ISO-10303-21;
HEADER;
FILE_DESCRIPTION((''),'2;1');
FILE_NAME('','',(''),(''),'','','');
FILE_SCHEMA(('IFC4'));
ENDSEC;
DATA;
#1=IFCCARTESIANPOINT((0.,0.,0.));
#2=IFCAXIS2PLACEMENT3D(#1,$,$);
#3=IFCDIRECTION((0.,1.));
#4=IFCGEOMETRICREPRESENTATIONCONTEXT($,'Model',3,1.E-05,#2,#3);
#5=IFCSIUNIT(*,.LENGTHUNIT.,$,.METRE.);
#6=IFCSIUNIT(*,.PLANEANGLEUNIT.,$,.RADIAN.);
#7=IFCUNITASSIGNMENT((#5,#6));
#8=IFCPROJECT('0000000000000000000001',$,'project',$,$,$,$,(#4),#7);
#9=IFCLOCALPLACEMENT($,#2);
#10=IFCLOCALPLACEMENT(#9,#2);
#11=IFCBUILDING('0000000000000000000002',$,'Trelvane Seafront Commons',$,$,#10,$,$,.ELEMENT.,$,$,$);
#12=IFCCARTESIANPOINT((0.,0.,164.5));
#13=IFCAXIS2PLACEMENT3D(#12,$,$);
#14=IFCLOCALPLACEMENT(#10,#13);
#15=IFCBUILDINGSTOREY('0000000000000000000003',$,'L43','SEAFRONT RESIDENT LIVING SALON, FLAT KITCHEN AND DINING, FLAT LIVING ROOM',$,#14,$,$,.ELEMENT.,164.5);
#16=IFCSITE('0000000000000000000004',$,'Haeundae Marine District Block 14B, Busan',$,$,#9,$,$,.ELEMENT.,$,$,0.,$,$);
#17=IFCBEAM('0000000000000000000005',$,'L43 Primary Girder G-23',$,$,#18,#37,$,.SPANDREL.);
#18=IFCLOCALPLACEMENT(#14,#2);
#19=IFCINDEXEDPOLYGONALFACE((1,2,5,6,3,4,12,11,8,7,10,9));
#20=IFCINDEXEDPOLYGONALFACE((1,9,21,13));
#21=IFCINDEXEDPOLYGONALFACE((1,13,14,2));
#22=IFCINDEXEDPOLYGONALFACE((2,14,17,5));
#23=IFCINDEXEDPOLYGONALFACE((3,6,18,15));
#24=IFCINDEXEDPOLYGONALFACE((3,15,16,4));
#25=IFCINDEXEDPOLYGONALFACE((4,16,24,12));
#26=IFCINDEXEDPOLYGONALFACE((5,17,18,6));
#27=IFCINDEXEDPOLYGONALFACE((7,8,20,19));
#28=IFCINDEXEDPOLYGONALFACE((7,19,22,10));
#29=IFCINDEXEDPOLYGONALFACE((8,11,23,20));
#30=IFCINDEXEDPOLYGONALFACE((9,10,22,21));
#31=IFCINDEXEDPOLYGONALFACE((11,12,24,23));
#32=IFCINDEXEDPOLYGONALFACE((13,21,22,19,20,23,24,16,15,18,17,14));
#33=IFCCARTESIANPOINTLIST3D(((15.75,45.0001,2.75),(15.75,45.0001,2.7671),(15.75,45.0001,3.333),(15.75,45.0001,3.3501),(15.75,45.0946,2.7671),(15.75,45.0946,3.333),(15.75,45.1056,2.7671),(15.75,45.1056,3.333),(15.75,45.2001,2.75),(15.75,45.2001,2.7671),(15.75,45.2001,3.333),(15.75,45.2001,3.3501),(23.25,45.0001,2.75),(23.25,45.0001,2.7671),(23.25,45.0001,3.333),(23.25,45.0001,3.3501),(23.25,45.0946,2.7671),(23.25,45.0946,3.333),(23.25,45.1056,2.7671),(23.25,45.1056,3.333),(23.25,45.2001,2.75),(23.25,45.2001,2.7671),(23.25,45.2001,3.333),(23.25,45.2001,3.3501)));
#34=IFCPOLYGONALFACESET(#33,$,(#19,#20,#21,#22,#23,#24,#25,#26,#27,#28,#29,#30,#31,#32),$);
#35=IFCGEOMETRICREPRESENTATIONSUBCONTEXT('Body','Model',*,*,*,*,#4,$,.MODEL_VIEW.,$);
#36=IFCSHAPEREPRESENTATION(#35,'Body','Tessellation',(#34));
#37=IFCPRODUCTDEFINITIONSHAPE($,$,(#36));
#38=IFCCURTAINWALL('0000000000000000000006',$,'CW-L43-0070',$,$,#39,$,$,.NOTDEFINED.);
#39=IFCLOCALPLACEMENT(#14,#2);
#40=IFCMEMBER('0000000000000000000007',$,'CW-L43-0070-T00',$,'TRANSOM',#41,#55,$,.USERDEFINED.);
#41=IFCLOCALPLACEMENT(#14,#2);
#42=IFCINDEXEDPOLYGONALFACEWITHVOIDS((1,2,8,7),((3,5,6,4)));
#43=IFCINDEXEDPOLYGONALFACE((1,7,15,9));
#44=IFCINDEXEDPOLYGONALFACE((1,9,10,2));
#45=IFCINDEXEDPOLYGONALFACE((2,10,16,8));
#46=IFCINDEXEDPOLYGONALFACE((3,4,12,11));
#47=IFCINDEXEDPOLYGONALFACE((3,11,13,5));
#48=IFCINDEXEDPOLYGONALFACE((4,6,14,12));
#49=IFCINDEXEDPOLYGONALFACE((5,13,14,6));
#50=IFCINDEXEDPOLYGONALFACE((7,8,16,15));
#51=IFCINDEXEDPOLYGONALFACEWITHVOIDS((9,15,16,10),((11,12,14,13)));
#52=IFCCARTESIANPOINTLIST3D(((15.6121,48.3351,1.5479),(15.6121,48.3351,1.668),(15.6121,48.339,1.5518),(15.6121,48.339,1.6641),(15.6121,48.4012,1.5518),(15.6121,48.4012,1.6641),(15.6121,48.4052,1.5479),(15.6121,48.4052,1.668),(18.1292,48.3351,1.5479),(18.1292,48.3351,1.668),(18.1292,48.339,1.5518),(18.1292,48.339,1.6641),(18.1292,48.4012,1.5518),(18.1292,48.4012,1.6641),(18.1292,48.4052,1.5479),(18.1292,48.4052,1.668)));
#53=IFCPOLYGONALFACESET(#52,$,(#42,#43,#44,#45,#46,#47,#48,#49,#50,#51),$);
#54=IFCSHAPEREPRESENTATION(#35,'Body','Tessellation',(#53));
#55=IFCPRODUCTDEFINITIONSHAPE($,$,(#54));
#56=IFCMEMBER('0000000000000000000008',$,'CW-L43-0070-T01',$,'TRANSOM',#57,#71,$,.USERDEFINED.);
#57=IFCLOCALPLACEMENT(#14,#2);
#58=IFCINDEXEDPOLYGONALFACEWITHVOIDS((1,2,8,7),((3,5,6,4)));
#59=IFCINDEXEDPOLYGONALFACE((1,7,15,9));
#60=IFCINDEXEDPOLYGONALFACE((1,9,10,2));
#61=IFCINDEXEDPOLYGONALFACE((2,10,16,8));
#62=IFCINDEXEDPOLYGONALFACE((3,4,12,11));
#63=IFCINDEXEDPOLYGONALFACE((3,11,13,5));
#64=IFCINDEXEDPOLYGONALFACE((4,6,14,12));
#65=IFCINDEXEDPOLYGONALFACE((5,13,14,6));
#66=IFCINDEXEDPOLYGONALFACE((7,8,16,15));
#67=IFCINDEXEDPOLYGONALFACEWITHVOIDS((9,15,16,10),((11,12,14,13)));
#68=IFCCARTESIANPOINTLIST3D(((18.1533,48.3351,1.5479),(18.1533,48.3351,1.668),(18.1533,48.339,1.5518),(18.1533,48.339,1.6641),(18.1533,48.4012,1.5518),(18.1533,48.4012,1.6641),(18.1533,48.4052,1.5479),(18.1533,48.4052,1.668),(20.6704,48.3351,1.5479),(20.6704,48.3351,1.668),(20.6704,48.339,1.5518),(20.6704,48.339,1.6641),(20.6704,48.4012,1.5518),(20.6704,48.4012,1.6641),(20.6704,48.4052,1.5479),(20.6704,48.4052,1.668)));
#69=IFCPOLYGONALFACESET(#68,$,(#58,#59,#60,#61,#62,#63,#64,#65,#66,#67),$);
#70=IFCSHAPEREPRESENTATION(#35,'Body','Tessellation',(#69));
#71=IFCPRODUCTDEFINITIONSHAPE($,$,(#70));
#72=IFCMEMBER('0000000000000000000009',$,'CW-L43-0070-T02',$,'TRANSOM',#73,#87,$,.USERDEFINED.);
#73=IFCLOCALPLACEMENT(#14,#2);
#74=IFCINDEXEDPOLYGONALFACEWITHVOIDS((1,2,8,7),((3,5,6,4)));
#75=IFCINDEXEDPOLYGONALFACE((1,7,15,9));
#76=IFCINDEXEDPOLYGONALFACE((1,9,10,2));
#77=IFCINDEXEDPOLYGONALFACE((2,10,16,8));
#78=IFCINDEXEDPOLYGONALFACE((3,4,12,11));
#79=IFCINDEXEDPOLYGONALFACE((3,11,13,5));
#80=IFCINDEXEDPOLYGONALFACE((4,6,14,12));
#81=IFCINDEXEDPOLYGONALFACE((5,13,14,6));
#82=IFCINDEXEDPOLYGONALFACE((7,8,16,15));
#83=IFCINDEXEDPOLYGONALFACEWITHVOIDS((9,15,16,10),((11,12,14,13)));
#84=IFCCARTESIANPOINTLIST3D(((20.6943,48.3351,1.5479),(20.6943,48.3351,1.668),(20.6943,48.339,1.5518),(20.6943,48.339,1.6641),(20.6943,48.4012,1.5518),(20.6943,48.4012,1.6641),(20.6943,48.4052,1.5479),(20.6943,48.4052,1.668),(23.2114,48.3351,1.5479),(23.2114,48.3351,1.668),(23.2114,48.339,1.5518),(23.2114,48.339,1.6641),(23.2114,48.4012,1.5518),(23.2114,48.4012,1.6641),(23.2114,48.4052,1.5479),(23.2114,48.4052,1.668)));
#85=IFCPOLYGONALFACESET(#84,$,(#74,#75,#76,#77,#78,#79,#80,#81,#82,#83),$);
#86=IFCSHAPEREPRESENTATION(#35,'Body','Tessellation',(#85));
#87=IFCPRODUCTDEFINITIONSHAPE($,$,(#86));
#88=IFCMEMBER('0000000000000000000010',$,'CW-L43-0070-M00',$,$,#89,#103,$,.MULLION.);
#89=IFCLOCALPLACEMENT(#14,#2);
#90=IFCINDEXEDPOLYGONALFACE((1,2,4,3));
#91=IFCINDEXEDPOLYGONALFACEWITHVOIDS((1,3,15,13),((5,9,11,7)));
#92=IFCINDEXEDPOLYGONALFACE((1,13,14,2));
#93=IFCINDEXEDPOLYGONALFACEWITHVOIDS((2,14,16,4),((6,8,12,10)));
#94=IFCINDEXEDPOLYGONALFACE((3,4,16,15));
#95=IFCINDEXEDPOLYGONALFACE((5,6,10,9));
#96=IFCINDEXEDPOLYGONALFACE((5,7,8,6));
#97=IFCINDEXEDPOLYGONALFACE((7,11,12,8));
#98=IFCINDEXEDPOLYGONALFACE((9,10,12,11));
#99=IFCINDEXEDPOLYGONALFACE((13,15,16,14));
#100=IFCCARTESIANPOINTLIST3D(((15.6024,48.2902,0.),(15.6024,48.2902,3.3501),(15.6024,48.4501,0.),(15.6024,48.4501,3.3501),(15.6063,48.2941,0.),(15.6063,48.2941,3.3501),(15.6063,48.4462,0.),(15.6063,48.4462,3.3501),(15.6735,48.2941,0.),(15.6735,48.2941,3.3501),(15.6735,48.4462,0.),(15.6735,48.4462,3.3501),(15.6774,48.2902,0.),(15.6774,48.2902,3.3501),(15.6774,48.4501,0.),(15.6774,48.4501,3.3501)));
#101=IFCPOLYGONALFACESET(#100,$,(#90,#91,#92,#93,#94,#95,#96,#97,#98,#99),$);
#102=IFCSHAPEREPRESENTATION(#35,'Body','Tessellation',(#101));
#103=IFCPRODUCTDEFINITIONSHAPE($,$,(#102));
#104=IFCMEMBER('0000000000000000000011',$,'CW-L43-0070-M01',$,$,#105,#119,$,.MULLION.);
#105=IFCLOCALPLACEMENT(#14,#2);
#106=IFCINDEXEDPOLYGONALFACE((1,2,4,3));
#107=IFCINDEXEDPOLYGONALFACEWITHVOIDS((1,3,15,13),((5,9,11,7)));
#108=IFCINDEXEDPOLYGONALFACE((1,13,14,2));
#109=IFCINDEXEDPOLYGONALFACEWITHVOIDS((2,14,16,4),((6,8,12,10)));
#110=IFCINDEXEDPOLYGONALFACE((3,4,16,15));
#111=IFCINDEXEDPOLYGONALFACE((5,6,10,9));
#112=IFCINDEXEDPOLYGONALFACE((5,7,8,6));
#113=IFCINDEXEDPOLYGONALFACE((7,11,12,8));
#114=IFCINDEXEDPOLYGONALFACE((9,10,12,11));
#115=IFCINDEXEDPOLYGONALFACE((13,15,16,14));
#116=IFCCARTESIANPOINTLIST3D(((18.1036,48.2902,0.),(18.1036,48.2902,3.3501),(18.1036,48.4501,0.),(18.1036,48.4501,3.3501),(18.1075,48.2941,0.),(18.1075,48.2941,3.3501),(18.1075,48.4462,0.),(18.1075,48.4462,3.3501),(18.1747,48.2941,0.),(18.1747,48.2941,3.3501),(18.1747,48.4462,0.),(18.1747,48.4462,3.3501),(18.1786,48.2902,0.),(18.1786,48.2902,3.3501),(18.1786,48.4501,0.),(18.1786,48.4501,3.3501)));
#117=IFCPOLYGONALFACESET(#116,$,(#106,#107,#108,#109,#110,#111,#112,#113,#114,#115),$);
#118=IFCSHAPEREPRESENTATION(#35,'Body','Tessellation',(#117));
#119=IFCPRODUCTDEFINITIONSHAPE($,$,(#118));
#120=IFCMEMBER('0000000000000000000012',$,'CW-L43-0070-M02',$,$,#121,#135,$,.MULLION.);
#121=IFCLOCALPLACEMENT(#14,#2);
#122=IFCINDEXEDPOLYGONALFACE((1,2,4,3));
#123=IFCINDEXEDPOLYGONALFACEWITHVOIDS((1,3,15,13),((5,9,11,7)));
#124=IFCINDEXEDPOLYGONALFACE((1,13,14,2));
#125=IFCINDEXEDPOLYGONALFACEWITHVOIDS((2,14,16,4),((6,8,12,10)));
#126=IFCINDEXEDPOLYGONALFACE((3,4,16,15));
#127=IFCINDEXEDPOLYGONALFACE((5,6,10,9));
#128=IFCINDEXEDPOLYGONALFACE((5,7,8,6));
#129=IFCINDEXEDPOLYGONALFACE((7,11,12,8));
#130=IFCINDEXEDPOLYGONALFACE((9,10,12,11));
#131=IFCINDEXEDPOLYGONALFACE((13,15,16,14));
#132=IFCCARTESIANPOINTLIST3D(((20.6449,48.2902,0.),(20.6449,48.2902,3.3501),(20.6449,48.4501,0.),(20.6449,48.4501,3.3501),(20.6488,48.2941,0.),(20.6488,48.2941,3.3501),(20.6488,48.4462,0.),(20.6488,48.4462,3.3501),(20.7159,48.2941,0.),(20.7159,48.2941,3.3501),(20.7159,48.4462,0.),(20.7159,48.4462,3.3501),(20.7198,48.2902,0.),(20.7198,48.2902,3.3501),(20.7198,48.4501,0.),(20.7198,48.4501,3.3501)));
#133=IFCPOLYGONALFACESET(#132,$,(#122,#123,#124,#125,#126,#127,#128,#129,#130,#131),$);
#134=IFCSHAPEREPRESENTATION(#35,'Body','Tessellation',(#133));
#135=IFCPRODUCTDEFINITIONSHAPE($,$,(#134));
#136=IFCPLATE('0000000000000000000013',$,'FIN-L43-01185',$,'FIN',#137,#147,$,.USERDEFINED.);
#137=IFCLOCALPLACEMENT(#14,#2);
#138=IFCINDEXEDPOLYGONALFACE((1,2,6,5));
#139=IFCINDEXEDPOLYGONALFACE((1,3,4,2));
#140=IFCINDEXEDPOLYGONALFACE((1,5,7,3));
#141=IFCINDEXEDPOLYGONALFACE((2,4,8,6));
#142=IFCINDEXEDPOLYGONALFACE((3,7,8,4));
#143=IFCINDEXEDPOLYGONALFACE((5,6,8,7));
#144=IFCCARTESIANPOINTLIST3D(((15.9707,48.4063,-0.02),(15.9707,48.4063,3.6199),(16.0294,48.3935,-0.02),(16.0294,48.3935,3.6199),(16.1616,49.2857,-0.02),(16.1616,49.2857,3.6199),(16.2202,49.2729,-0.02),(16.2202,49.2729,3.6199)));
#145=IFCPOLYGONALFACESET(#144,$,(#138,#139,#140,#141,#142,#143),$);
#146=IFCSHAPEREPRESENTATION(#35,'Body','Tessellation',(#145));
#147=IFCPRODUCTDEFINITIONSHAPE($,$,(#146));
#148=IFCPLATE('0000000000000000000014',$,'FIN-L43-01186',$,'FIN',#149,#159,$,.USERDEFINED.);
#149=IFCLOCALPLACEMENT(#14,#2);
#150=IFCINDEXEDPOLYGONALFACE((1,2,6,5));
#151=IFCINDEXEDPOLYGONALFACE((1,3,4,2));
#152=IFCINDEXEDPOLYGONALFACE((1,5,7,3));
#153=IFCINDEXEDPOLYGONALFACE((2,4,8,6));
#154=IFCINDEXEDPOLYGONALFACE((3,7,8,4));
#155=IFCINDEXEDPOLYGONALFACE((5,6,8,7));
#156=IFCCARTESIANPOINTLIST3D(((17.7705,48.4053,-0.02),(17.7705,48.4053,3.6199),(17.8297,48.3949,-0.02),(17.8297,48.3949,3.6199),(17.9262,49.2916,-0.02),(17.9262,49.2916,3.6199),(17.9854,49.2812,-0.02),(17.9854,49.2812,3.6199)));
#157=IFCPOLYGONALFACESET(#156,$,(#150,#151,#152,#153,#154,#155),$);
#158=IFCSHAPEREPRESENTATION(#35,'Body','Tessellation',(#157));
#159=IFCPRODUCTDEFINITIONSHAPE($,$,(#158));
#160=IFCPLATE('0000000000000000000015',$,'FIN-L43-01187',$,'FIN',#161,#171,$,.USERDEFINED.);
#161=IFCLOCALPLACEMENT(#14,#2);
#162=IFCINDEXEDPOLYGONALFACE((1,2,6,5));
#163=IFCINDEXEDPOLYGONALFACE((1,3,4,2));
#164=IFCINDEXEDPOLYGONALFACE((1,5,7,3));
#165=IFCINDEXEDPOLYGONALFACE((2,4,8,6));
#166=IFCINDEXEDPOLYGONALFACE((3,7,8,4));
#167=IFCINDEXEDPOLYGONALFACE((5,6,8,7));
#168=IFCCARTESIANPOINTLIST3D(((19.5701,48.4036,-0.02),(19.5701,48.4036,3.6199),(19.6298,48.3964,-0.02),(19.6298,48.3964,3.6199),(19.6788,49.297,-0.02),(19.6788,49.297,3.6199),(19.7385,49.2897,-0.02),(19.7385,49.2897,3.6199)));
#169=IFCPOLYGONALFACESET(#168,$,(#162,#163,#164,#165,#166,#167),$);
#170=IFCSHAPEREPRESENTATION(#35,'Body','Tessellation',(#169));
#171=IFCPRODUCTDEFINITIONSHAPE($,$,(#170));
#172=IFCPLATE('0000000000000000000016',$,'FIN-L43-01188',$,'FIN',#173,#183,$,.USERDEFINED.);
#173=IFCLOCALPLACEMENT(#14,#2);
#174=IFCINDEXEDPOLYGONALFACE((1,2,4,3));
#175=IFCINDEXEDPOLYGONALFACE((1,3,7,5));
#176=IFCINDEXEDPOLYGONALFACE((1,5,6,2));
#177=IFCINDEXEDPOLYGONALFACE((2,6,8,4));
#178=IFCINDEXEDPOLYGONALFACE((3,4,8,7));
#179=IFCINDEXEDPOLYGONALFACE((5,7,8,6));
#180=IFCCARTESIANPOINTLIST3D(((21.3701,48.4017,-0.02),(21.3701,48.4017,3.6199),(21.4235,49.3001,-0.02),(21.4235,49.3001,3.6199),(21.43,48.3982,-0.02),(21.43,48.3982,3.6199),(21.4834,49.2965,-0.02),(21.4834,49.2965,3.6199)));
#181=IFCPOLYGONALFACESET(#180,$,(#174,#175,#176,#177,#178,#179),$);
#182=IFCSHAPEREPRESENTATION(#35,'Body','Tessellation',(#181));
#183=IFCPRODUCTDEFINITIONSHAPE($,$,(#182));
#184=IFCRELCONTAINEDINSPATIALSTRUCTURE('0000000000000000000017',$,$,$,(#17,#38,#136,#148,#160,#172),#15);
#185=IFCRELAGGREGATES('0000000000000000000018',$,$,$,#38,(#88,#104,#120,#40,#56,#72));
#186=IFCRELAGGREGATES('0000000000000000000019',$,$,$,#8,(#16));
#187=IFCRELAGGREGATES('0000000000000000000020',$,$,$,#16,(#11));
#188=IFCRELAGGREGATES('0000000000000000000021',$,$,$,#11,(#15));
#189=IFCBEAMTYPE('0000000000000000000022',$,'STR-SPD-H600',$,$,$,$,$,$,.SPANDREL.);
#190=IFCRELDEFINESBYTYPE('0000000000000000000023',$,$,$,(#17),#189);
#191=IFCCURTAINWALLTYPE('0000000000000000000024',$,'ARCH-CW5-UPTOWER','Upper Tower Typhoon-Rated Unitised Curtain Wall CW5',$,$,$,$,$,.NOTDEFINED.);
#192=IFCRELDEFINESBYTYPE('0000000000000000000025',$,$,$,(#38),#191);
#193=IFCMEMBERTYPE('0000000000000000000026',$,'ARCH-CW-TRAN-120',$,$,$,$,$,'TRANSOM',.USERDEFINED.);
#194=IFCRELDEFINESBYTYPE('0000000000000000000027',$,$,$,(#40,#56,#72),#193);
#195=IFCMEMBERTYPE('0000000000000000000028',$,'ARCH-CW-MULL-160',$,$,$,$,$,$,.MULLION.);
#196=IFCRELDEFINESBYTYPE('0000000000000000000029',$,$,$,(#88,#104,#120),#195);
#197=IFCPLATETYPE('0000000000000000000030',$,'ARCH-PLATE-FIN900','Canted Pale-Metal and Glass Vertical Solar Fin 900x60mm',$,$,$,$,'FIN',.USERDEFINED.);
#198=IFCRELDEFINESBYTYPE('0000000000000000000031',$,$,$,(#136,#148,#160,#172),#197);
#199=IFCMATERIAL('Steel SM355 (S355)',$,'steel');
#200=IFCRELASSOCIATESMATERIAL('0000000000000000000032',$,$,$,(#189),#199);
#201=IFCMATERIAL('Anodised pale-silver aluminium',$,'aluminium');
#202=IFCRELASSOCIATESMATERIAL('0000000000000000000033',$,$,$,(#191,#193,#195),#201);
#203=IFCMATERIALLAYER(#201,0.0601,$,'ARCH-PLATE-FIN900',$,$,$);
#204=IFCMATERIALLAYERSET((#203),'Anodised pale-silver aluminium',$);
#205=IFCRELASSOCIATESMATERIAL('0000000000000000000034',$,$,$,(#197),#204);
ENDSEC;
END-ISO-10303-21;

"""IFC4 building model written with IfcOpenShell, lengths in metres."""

from ifc_helpers import new_model, si_unit, direction, frame, origin, origin_2d, place, context, subcontext, project, spatial, rectangle, hollow_rectangle, i_section, extrude, source, transform, mapped, material, layer, layer_set, material_profile, profile_set, type_object, element, aggregate, save


model = new_model("IFC4")

# Units and contexts
model_context = context("Model", 3, precision=1e-05, world=origin(), true_north=direction((0.0, 1.0)))
body_context = subcontext(model_context, "Body", "Model", "MODEL_VIEW")
ifc_project = project(units=[si_unit("LENGTHUNIT", "METRE"), si_unit("PLANEANGLEUNIT", "RADIAN")], contexts=[model_context])

# Site, building, storey
site_placement = place(None, origin())
site = spatial("IfcSite", under=ifc_project, at=site_placement, Name="Haeundae Marine District Block 14B, Busan", CompositionType="ELEMENT", RefElevation=0.0)
building_placement = place(site_placement, origin())
building = spatial("IfcBuilding", under=site, at=building_placement, Name="Trelvane Seafront Commons", CompositionType="ELEMENT")
storey_placement = place(building_placement, frame((0.0, 0.0, 164.5)))
storey = spatial("IfcBuildingStorey", under=building, at=storey_placement, Name="L43", Description="SEAFRONT RESIDENT LIVING SALON, FLAT KITCHEN AND DINING, FLAT LIVING ROOM", CompositionType="ELEMENT", Elevation=164.5)

# Beam
ifc_material_1 = material(Name="Steel SM355 (S355)", Category="steel")
ifc_material_profile_1 = material_profile(ifc_material_1, i_section(OverallWidth=0.2, OverallDepth=0.6001, WebThickness=0.011, FlangeThickness=0.0171, at=origin_2d()), Name="H-600x200x11x17")
ifc_profile_set_1 = profile_set([ifc_material_profile_1], Name="Steel SM355 (S355)")
beam_type = type_object("IfcBeamType", Name="STR-SPD-H600", PredefinedType="SPANDREL", material=ifc_profile_set_1)
shared_shape_1 = source(origin(), body_context, "Body", "SweptSolid", [
    extrude(i_section(OverallWidth=0.2, OverallDepth=0.6001, WebThickness=0.011, FlangeThickness=0.0171, at=origin_2d()), origin(), (0.0, 0.0, 1.0), 7.5),
])
beam_placement = place(storey_placement, frame((15.75, 45.1001, 3.05), z_axis=(1.0, 0.0, 0.0), x_axis=(0.0, 1.0, 0.0)))
element("IfcBeam", 1, at=beam_placement, inside=storey, type_object=beam_type, Name="L43 Primary Girder G-23", PredefinedType="SPANDREL", context=body_context, shape_type="MappedRepresentation", body=[
    mapped(shared_shape_1, transform((0.0, 0.0, 0.0), x_axis=(1.0, 0.0, 0.0), y_axis=(0.0, 1.0, 0.0), z_axis=(0.0, 0.0, 1.0), scale=1.0)),
])

# Curtain wall, members
ifc_material_2 = material(Name="Anodised pale-silver aluminium", Category="aluminium")
curtain_wall_type = type_object("IfcCurtainWallType", Name="ARCH-CW5-UPTOWER", Description="Upper Tower Typhoon-Rated Unitised Curtain Wall CW5", PredefinedType="NOTDEFINED", material=ifc_material_2)
curtain_wall_placement = place(storey_placement, origin())
curtain_wall = element("IfcCurtainWall", 2, at=curtain_wall_placement, inside=storey, type_object=curtain_wall_type, Name="CW-L43-0070", PredefinedType="NOTDEFINED")
ifc_material_profile_2 = material_profile(ifc_material_2, hollow_rectangle(XDim=0.0701, YDim=0.1201, WallThickness=0.0039, at=origin_2d()), Name="TRAN-70x120x4")
ifc_profile_set_2 = profile_set([ifc_material_profile_2], Name="Anodised pale-silver aluminium")
member_type_1 = type_object("IfcMemberType", Name="ARCH-CW-TRAN-120", ElementType="TRANSOM", PredefinedType="USERDEFINED", material=ifc_profile_set_2)
shared_shape_2 = source(origin(), body_context, "Body", "SweptSolid", [
    extrude(hollow_rectangle(XDim=0.0701, YDim=0.1201, WallThickness=0.0039, at=origin_2d()), origin(), (0.0, 0.0, 1.0), 2.5171),
])
member_1_placement = place(storey_placement, frame((15.6121, 48.3701, 1.6079), z_axis=(1.0, 0.0, 0.0), x_axis=(0.0, 1.0, 0.0)))
member_1 = element("IfcMember", 3, at=member_1_placement, type_object=member_type_1, Name="CW-L43-0070-T00", ObjectType="TRANSOM", PredefinedType="USERDEFINED", context=body_context, shape_type="MappedRepresentation", body=[
    mapped(shared_shape_2, transform((0.0, 0.0, 0.0), x_axis=(1.0, 0.0, 0.0), y_axis=(0.0, 1.0, 0.0), z_axis=(0.0, 0.0, 1.0), scale=1.0)),
])
member_2_placement = place(storey_placement, frame((18.1533, 48.3701, 1.6079), z_axis=(1.0, 0.0, 0.0), x_axis=(0.0, 1.0, 0.0)))
member_2 = element("IfcMember", 4, at=member_2_placement, type_object=member_type_1, Name="CW-L43-0070-T01", ObjectType="TRANSOM", PredefinedType="USERDEFINED", context=body_context, shape_type="MappedRepresentation", body=[
    mapped(shared_shape_2, transform((0.0, 0.0, 0.0), x_axis=(1.0, 0.0, 0.0), y_axis=(0.0, 1.0, 0.0), z_axis=(0.0, 0.0, 1.0), scale=1.0)),
])
member_3_placement = place(storey_placement, frame((20.6943, 48.3701, 1.6079), z_axis=(1.0, 0.0, 0.0), x_axis=(0.0, 1.0, 0.0)))
member_3 = element("IfcMember", 5, at=member_3_placement, type_object=member_type_1, Name="CW-L43-0070-T02", ObjectType="TRANSOM", PredefinedType="USERDEFINED", context=body_context, shape_type="MappedRepresentation", body=[
    mapped(shared_shape_2, transform((0.0, 0.0, 0.0), x_axis=(1.0, 0.0, 0.0), y_axis=(0.0, 1.0, 0.0), z_axis=(0.0, 0.0, 1.0), scale=1.0)),
])
ifc_material_profile_3 = material_profile(ifc_material_2, hollow_rectangle(XDim=0.075, YDim=0.1599, WallThickness=0.0039, at=origin_2d()), Name="MULL-75x160x4")
ifc_profile_set_3 = profile_set([ifc_material_profile_3], Name="Anodised pale-silver aluminium")
member_type_2 = type_object("IfcMemberType", Name="ARCH-CW-MULL-160", PredefinedType="MULLION", material=ifc_profile_set_3)
shared_shape_3 = source(origin(), body_context, "Body", "SweptSolid", [
    extrude(hollow_rectangle(XDim=0.075, YDim=0.1599, WallThickness=0.0039, at=origin_2d()), origin(), (0.0, 0.0, 1.0), 3.3501),
])
member_4_placement = place(storey_placement, frame((15.6399, 48.3701, 0.0), z_axis=(0.0, 0.0, 1.0), x_axis=(1.0, 0.0, 0.0)))
member_4 = element("IfcMember", 6, at=member_4_placement, type_object=member_type_2, Name="CW-L43-0070-M00", PredefinedType="MULLION", context=body_context, shape_type="MappedRepresentation", body=[
    mapped(shared_shape_3, transform((0.0, 0.0, 0.0), x_axis=(1.0, 0.0, 0.0), y_axis=(0.0, 1.0, 0.0), z_axis=(0.0, 0.0, 1.0), scale=1.0)),
])
member_5_placement = place(storey_placement, frame((18.1411, 48.3701, 0.0), z_axis=(0.0, 0.0, 1.0), x_axis=(1.0, 0.0, 0.0)))
member_5 = element("IfcMember", 7, at=member_5_placement, type_object=member_type_2, Name="CW-L43-0070-M01", PredefinedType="MULLION", context=body_context, shape_type="MappedRepresentation", body=[
    mapped(shared_shape_3, transform((0.0, 0.0, 0.0), x_axis=(1.0, 0.0, 0.0), y_axis=(0.0, 1.0, 0.0), z_axis=(0.0, 0.0, 1.0), scale=1.0)),
])
member_6_placement = place(storey_placement, frame((20.6824, 48.3701, 0.0), z_axis=(0.0, 0.0, 1.0), x_axis=(1.0, 0.0, 0.0)))
member_6 = element("IfcMember", 8, at=member_6_placement, type_object=member_type_2, Name="CW-L43-0070-M02", PredefinedType="MULLION", context=body_context, shape_type="MappedRepresentation", body=[
    mapped(shared_shape_3, transform((0.0, 0.0, 0.0), x_axis=(1.0, 0.0, 0.0), y_axis=(0.0, 1.0, 0.0), z_axis=(0.0, 0.0, 1.0), scale=1.0)),
])

# Plates
ifc_layer_1 = layer(ifc_material_2, 0.0601, Name="ARCH-PLATE-FIN900")
ifc_layer_set_1 = layer_set([ifc_layer_1], Name="Anodised pale-silver aluminium")
plate_type_1 = type_object("IfcPlateType", Name="ARCH-PLATE-FIN900", Description="Canted Pale-Metal and Glass Vertical Solar Fin 900x60mm", ElementType="FIN", PredefinedType="USERDEFINED", material=ifc_layer_set_1)
shared_shape_4 = source(origin(), body_context, "Body", "SweptSolid", [
    extrude(rectangle(XDim=0.8999, YDim=0.0601, at=origin_2d()), origin(), (0.0, 0.0, 1.0), 3.6399),
])
for number, where, z_axis, x_axis, name in (
    (9, (16.0955, 48.8396, -0.02), (0.0, 0.0, 1.0), (0.212116, 0.977244, 0.0), "FIN-L43-01185"),
    (10, (17.8779, 48.8433, -0.02), (0.0, 0.0, 1.0), (0.173005, 0.984921, 0.0), "FIN-L43-01186"),
    (11, (19.6543, 48.8467, -0.02), (0.0, 0.0, 1.0), (0.12078, 0.992679, 0.0), "FIN-L43-01187"),
    (12, (21.4268, 48.8491, -0.02), (0.0, 0.0, 1.0), (0.059334, 0.998238, 0.0), "FIN-L43-01188"),
):
    element("IfcPlate", number, at=place(storey_placement, frame(where, z_axis=z_axis, x_axis=x_axis)), inside=storey, type_object=plate_type_1, Name=name, ObjectType="FIN", PredefinedType="USERDEFINED", context=body_context, shape_type="MappedRepresentation", body=[
        mapped(shared_shape_4, transform((0.0, 0.0, 0.0), x_axis=(1.0, 0.0, 0.0), y_axis=(0.0, 1.0, 0.0), z_axis=(0.0, 0.0, 1.0), scale=1.0)),
    ])

aggregate(curtain_wall, [member_4, member_5, member_6, member_1, member_2, member_3])

save(model, "model.ifc")
